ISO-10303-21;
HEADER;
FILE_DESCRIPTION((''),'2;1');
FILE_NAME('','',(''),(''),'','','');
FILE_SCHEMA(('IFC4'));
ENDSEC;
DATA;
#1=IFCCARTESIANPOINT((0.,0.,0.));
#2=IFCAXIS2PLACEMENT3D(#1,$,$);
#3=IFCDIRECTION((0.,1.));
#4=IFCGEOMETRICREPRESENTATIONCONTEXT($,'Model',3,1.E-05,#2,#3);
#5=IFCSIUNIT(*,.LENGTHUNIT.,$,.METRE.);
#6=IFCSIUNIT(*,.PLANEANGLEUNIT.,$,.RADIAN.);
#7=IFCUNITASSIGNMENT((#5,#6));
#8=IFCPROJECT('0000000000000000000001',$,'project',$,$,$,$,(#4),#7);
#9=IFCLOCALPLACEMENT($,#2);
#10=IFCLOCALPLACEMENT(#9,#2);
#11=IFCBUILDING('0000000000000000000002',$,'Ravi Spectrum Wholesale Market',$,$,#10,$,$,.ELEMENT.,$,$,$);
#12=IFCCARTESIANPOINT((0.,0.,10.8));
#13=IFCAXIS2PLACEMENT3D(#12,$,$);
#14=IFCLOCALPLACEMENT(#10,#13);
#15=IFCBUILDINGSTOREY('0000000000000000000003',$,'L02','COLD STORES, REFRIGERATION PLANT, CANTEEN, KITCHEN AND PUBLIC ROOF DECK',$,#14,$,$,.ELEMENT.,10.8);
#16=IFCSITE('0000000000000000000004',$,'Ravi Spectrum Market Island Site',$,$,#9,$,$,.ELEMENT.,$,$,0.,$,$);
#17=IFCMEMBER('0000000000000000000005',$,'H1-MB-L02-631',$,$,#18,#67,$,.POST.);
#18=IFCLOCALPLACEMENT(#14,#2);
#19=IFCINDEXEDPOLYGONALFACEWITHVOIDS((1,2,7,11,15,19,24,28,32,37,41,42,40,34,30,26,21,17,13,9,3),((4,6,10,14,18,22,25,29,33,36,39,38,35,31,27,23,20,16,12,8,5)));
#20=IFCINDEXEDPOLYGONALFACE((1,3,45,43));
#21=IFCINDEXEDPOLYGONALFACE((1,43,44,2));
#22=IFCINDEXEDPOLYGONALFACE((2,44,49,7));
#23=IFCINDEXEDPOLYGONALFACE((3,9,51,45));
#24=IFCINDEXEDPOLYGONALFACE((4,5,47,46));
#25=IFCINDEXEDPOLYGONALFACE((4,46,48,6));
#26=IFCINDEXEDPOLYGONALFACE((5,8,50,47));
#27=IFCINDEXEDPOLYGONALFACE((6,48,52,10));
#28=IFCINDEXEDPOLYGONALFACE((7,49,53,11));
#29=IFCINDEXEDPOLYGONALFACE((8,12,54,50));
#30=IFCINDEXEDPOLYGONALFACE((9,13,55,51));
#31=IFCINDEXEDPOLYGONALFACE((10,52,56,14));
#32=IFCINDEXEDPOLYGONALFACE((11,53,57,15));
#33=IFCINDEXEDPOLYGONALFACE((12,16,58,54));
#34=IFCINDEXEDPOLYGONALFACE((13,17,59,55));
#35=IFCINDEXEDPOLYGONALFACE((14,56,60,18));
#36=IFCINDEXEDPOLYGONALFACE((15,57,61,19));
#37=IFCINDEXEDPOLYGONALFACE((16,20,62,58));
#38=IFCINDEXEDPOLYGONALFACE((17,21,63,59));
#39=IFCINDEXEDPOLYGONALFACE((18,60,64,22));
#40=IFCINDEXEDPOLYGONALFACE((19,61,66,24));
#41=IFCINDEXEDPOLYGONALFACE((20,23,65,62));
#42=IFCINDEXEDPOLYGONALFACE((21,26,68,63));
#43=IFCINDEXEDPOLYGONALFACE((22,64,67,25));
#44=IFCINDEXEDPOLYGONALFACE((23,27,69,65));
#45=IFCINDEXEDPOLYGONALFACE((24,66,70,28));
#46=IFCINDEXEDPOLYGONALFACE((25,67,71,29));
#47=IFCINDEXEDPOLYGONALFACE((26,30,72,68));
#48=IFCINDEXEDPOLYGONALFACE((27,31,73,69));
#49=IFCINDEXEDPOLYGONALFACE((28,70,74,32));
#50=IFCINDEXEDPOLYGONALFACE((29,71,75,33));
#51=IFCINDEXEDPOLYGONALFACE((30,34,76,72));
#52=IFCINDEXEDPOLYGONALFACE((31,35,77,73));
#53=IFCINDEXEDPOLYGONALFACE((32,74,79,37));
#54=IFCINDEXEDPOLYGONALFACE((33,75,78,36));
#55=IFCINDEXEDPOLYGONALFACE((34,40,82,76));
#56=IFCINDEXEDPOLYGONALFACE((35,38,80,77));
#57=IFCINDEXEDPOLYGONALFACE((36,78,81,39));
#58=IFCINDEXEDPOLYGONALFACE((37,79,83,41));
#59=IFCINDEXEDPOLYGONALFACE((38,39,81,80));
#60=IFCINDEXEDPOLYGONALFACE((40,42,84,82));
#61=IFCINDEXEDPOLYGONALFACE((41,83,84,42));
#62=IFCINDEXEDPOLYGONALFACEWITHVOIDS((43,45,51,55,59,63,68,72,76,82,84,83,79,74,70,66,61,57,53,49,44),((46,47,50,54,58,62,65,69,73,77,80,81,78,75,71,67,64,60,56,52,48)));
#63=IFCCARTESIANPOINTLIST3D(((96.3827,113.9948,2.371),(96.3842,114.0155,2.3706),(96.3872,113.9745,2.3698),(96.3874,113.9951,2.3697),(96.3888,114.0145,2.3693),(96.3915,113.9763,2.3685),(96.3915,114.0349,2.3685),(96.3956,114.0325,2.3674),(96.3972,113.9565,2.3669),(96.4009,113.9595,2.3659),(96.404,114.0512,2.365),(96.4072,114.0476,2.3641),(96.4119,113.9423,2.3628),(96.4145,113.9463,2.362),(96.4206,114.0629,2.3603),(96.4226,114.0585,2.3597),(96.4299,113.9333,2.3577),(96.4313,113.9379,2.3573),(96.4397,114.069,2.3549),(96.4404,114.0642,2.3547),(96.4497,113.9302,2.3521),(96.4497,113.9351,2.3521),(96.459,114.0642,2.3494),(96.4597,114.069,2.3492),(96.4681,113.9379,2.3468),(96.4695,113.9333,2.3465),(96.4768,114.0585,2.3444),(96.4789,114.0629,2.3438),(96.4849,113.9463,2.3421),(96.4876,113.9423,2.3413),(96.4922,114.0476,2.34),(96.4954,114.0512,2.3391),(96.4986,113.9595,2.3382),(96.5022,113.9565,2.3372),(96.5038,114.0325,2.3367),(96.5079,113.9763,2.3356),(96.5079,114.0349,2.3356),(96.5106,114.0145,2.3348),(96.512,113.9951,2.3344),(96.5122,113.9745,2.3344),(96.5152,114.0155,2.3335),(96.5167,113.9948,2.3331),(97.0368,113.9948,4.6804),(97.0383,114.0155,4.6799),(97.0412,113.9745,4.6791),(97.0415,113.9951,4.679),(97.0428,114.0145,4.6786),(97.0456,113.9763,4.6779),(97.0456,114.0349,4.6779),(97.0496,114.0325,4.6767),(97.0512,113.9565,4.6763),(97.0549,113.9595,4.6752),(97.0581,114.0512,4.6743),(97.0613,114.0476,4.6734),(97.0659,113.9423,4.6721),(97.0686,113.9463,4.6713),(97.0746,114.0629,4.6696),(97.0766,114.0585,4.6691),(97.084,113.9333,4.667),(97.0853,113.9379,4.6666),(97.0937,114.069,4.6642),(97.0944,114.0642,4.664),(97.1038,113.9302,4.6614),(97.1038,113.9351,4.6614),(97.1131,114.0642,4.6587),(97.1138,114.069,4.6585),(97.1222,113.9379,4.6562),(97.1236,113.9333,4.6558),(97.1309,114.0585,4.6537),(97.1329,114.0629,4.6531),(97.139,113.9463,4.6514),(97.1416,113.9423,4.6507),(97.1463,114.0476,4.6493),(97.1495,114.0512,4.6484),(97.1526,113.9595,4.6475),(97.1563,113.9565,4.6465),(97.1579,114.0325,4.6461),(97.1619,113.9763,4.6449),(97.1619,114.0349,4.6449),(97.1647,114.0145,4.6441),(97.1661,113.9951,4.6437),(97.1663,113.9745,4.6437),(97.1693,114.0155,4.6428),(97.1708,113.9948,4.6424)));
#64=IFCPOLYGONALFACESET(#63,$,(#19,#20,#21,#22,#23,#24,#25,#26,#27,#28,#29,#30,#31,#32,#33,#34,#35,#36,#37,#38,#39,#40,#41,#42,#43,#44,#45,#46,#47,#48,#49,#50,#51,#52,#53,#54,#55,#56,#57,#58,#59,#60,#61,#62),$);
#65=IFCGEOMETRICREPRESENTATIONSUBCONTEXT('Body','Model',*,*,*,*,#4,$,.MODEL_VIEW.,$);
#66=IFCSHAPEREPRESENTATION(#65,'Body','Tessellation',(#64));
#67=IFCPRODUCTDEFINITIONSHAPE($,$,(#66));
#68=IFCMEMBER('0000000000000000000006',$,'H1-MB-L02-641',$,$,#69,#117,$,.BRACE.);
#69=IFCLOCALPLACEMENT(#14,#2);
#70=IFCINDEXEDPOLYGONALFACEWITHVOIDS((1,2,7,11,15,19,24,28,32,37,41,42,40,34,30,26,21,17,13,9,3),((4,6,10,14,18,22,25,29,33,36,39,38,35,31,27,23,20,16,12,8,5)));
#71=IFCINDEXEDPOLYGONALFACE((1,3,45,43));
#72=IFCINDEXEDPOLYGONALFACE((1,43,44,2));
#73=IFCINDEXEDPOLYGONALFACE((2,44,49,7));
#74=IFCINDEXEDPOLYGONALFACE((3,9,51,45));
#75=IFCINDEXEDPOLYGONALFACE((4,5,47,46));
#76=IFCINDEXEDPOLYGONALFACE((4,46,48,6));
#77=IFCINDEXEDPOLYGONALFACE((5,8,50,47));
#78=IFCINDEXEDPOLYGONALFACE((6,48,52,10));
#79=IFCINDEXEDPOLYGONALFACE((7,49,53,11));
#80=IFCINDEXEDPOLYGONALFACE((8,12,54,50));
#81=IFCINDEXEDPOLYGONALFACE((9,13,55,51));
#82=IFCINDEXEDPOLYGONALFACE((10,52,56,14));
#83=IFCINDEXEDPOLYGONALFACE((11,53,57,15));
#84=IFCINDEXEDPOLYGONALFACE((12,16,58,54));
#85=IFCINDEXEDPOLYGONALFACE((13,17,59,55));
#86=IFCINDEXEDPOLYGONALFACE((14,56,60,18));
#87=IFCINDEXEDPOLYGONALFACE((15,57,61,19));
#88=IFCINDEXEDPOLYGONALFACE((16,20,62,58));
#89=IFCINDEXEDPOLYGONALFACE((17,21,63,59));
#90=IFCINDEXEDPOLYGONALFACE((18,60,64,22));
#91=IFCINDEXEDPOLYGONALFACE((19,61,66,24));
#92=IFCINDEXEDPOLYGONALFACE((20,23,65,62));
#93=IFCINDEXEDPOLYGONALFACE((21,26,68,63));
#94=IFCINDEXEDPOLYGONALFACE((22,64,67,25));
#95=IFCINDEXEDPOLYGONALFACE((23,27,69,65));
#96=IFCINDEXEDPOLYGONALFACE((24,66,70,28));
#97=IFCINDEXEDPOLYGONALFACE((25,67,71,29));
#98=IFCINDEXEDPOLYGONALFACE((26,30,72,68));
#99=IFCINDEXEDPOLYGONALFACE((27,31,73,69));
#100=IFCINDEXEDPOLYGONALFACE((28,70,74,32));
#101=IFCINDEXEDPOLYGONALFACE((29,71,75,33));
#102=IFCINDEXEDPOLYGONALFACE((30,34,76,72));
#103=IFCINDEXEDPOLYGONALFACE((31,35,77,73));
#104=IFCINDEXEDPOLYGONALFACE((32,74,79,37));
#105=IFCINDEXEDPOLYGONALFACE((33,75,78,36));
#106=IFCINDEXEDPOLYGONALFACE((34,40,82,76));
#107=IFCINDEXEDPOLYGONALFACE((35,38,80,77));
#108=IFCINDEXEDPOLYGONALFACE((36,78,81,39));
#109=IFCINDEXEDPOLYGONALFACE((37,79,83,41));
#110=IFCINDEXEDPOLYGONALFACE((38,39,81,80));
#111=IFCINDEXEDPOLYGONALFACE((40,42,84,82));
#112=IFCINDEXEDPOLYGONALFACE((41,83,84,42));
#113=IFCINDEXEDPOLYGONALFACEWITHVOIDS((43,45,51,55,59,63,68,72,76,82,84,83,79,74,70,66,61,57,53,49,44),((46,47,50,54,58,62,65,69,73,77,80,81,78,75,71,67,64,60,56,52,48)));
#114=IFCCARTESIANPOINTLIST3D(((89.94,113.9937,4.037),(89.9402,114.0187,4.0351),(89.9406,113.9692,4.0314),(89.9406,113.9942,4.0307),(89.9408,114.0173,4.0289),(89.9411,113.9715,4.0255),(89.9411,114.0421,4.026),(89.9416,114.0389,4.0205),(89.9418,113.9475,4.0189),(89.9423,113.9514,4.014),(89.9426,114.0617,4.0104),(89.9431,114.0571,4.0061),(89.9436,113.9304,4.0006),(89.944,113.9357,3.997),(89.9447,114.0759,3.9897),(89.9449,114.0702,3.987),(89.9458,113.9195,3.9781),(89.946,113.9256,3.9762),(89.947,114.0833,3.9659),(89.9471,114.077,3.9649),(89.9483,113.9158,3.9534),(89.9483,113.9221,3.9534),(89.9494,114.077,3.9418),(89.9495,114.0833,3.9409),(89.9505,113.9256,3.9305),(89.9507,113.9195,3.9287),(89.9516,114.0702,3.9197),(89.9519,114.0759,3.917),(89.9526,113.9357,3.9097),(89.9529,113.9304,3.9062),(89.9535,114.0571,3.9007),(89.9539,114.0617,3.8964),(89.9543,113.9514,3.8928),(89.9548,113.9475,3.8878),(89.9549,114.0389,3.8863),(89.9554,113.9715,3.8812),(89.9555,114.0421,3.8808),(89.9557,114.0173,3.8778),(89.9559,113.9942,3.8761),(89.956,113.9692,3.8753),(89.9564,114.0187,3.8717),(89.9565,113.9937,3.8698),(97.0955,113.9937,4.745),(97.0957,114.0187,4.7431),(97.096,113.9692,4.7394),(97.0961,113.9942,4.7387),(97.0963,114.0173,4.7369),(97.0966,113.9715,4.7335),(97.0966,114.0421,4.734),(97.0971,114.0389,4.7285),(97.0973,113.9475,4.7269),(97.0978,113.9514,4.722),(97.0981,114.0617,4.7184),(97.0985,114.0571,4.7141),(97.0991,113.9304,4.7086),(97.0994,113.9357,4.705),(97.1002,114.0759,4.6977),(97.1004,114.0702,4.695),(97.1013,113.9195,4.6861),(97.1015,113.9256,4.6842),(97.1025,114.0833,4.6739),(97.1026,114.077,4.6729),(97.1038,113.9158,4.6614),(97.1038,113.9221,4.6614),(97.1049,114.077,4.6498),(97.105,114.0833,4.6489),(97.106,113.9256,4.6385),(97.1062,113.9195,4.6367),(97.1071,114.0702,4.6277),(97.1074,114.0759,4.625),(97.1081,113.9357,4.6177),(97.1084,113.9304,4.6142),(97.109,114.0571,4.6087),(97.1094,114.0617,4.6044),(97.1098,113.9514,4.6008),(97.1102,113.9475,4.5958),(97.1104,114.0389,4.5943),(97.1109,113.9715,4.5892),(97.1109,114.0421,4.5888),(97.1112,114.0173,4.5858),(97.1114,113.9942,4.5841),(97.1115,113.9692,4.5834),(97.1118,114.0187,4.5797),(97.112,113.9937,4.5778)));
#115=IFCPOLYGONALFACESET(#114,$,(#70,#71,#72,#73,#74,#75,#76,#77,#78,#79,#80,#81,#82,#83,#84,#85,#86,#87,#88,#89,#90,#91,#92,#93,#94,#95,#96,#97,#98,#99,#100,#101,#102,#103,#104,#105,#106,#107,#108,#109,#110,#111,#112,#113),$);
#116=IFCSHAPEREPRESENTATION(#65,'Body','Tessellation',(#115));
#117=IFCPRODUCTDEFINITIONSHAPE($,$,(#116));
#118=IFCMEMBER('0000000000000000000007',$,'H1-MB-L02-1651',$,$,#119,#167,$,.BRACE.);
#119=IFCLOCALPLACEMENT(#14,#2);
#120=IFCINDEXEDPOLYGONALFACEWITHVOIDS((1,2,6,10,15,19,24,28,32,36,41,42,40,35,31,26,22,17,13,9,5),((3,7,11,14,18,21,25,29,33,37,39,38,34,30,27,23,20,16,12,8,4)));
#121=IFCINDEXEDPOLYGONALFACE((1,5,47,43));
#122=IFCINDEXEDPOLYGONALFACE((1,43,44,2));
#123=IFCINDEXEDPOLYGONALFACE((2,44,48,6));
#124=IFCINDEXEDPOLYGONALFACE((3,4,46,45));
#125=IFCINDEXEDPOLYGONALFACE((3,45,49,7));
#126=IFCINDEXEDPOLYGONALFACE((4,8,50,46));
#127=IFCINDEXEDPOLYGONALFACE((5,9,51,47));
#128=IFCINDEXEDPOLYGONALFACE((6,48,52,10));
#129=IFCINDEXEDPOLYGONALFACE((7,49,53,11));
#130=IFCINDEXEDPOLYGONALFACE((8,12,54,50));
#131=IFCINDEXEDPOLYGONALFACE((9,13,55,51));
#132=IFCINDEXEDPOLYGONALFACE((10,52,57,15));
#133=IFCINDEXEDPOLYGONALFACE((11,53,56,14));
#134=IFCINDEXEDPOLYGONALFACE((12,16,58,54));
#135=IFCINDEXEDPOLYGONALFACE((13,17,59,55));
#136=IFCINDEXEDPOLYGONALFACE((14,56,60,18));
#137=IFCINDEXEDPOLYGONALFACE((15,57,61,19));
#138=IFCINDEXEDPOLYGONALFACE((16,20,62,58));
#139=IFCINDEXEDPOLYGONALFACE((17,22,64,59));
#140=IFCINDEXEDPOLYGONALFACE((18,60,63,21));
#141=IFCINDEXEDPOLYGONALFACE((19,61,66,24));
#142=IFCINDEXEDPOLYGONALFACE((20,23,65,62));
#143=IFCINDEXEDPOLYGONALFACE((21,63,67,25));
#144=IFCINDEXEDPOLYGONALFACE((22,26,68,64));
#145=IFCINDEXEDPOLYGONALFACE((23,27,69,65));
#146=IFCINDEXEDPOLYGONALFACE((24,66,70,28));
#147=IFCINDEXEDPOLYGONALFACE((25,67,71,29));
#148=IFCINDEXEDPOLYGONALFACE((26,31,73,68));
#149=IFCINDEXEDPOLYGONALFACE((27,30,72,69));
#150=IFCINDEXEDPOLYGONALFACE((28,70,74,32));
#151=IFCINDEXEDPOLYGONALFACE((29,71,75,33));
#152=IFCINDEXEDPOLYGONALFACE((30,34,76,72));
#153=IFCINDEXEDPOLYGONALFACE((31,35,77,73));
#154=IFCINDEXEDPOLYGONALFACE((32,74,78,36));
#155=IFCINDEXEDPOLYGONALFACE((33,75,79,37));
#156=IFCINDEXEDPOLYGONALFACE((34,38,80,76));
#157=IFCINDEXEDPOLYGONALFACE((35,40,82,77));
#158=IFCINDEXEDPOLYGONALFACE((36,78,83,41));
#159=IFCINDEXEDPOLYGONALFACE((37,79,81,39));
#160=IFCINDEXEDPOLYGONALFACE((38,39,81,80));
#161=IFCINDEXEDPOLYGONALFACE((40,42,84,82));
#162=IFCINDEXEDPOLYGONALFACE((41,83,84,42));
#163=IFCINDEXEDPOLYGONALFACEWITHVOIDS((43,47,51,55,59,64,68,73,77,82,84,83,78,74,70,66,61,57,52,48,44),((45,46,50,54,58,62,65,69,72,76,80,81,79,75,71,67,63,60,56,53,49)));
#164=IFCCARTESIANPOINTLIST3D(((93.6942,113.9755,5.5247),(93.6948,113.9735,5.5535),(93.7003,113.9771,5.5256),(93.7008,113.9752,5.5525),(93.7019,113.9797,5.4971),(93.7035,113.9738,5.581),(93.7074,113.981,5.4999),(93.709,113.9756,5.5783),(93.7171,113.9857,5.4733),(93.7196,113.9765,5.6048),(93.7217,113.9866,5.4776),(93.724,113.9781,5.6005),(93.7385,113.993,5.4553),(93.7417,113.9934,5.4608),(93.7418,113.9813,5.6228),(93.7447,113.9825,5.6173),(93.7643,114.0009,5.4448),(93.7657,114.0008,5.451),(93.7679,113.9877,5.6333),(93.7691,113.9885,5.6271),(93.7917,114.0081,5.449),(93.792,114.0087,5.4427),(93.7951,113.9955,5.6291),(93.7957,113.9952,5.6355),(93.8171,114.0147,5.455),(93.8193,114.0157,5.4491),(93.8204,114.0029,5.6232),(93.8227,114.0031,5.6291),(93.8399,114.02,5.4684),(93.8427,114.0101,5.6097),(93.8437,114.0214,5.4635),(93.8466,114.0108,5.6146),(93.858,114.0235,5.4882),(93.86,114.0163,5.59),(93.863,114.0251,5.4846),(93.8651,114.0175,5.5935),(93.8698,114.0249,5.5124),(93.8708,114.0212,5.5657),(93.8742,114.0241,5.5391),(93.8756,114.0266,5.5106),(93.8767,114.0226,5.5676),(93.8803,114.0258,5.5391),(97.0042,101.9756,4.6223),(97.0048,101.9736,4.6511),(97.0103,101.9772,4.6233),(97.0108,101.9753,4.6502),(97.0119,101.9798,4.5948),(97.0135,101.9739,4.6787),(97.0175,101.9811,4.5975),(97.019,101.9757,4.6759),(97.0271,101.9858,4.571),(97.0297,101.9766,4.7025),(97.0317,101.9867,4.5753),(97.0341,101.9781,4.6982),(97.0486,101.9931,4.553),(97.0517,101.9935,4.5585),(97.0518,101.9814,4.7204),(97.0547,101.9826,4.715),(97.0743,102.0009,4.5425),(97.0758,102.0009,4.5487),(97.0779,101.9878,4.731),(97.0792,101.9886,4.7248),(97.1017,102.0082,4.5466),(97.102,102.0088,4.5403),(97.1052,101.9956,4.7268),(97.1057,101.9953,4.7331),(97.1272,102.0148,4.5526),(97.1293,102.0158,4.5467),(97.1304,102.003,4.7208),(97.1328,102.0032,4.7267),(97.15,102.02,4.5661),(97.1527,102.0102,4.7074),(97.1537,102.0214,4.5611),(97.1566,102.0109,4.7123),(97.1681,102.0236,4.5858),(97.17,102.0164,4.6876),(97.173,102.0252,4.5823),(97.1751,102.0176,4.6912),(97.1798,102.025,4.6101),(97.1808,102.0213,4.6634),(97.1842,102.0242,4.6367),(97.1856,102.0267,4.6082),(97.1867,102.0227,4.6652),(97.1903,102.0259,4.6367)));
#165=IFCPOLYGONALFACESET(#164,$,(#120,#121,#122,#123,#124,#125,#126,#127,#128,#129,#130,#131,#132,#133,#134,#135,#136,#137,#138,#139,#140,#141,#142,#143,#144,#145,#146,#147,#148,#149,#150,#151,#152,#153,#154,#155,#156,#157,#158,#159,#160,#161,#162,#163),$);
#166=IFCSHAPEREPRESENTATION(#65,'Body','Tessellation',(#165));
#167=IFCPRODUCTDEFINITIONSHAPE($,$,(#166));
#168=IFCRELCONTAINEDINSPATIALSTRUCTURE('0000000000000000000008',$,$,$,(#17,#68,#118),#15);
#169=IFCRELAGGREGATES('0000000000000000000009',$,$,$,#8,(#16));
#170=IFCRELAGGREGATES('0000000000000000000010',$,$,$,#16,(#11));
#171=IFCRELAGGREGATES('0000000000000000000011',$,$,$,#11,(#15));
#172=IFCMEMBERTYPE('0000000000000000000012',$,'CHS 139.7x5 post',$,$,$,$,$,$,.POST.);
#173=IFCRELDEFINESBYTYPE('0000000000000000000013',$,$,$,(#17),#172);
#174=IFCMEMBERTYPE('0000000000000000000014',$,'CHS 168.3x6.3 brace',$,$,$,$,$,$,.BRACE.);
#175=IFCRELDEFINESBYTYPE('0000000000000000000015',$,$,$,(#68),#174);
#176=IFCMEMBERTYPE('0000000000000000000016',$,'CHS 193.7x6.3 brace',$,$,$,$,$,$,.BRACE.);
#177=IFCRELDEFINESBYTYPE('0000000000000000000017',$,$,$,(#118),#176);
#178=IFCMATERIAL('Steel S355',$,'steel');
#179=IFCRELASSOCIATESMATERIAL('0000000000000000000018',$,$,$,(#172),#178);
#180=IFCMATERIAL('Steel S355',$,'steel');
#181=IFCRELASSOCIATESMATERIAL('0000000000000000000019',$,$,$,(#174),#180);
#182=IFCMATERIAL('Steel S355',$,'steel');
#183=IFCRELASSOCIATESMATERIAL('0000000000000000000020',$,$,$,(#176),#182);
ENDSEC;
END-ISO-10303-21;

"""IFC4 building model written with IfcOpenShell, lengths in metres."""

from ifc_helpers import new_model, si_unit, direction, frame, origin, origin_2d, place, context, subcontext, project, spatial, hollow_circle, extrude, material, material_profile, profile_set, type_object, element, save


model = new_model("IFC4")

# Units and contexts
model_context = context("Model", 3, precision=1e-05, world=origin(), true_north=direction((0.0, 1.0)))
body_context = subcontext(model_context, "Body", "Model", "MODEL_VIEW")
ifc_project = project(units=[si_unit("LENGTHUNIT", "METRE"), si_unit("PLANEANGLEUNIT", "RADIAN")], contexts=[model_context])

# Site, building, storey
site_placement = place(None, origin())
site = spatial("IfcSite", under=ifc_project, at=site_placement, Name="Ravi Spectrum Market Island Site", CompositionType="ELEMENT", RefElevation=0.0)
building_placement = place(site_placement, origin())
building = spatial("IfcBuilding", under=site, at=building_placement, Name="Ravi Spectrum Wholesale Market", CompositionType="ELEMENT")
storey_placement = place(building_placement, frame((0.0, 0.0, 10.8)))
storey = spatial("IfcBuildingStorey", under=building, at=storey_placement, Name="L02", Description="COLD STORES, REFRIGERATION PLANT, CANTEEN, KITCHEN AND PUBLIC ROOF DECK", CompositionType="ELEMENT", Elevation=10.8)

# Members
ifc_material_1 = material(Name="Steel S355", Category="steel")
ifc_material_profile_1 = material_profile(ifc_material_1, hollow_circle(Radius=0.0698, WallThickness=0.0049, at=origin_2d()))
ifc_profile_set_1 = profile_set([ifc_material_profile_1], Name="Steel S355")
member_type_1 = type_object("IfcMemberType", Name="CHS 139.7x5 post", PredefinedType="POST", material=ifc_profile_set_1)
member_1_placement = place(storey_placement, frame((97.1038, 114.0, 4.6614), z_axis=(-0.272504, 0.0, -0.962155), x_axis=(0.0, -1.0, 0.0)))
element("IfcMember", 1, at=member_1_placement, inside=storey, type_object=member_type_1, Name="H1-MB-L02-631", PredefinedType="POST", context=body_context, shape_type="SweptSolid", body=[
    extrude(hollow_circle(Radius=0.0698, WallThickness=0.0049, at=origin_2d()), origin(), (0.0, 0.0, 1.0), 2.4001),
])
ifc_material_2 = material(Name="Steel S355", Category="steel")
ifc_material_profile_2 = material_profile(ifc_material_2, hollow_circle(Radius=0.0842, WallThickness=0.0063, at=origin_2d()))
ifc_profile_set_2 = profile_set([ifc_material_profile_2], Name="Steel S355")
member_type_2 = type_object("IfcMemberType", Name="CHS 168.3x6.3 brace", PredefinedType="BRACE", material=ifc_profile_set_2)
member_2_placement = place(storey_placement, frame((97.1038, 114.0, 4.6614), z_axis=(-0.995141, 0.0, -0.098465), x_axis=(0.0, -1.0, 0.0)))
element("IfcMember", 2, at=member_2_placement, inside=storey, type_object=member_type_2, Name="H1-MB-L02-641", PredefinedType="BRACE", context=body_context, shape_type="SweptSolid", body=[
    extrude(hollow_circle(Radius=0.0842, WallThickness=0.0063, at=origin_2d()), origin(), (0.0, 0.0, 1.0), 7.1904),
])
ifc_material_3 = material(Name="Steel S355", Category="steel")
ifc_material_profile_3 = material_profile(ifc_material_3, hollow_circle(Radius=0.0969, WallThickness=0.0063, at=origin_2d()))
ifc_profile_set_3 = profile_set([ifc_material_profile_3], Name="Steel S355")
member_type_3 = type_object("IfcMemberType", Name="CHS 193.7x6.3 brace", PredefinedType="BRACE", material=ifc_profile_set_3)
for number, where, z_axis, x_axis, name in (
    (3, (93.7869, 114.0, 5.5391), (0.265212, -0.961476, -0.072298), (0.963999, 0.265908, 0.0), "H1-MB-L02-1651"),
):
    element("IfcMember", number, at=place(storey_placement, frame(where, z_axis=z_axis, x_axis=x_axis)), inside=storey, type_object=member_type_3, Name=name, PredefinedType="BRACE", context=body_context, shape_type="SweptSolid", body=[
        extrude(hollow_circle(Radius=0.0969, WallThickness=0.0063, at=origin_2d()), origin(), (0.0, 0.0, 1.0), 12.4807),
    ])

save(model, "model.ifc")
